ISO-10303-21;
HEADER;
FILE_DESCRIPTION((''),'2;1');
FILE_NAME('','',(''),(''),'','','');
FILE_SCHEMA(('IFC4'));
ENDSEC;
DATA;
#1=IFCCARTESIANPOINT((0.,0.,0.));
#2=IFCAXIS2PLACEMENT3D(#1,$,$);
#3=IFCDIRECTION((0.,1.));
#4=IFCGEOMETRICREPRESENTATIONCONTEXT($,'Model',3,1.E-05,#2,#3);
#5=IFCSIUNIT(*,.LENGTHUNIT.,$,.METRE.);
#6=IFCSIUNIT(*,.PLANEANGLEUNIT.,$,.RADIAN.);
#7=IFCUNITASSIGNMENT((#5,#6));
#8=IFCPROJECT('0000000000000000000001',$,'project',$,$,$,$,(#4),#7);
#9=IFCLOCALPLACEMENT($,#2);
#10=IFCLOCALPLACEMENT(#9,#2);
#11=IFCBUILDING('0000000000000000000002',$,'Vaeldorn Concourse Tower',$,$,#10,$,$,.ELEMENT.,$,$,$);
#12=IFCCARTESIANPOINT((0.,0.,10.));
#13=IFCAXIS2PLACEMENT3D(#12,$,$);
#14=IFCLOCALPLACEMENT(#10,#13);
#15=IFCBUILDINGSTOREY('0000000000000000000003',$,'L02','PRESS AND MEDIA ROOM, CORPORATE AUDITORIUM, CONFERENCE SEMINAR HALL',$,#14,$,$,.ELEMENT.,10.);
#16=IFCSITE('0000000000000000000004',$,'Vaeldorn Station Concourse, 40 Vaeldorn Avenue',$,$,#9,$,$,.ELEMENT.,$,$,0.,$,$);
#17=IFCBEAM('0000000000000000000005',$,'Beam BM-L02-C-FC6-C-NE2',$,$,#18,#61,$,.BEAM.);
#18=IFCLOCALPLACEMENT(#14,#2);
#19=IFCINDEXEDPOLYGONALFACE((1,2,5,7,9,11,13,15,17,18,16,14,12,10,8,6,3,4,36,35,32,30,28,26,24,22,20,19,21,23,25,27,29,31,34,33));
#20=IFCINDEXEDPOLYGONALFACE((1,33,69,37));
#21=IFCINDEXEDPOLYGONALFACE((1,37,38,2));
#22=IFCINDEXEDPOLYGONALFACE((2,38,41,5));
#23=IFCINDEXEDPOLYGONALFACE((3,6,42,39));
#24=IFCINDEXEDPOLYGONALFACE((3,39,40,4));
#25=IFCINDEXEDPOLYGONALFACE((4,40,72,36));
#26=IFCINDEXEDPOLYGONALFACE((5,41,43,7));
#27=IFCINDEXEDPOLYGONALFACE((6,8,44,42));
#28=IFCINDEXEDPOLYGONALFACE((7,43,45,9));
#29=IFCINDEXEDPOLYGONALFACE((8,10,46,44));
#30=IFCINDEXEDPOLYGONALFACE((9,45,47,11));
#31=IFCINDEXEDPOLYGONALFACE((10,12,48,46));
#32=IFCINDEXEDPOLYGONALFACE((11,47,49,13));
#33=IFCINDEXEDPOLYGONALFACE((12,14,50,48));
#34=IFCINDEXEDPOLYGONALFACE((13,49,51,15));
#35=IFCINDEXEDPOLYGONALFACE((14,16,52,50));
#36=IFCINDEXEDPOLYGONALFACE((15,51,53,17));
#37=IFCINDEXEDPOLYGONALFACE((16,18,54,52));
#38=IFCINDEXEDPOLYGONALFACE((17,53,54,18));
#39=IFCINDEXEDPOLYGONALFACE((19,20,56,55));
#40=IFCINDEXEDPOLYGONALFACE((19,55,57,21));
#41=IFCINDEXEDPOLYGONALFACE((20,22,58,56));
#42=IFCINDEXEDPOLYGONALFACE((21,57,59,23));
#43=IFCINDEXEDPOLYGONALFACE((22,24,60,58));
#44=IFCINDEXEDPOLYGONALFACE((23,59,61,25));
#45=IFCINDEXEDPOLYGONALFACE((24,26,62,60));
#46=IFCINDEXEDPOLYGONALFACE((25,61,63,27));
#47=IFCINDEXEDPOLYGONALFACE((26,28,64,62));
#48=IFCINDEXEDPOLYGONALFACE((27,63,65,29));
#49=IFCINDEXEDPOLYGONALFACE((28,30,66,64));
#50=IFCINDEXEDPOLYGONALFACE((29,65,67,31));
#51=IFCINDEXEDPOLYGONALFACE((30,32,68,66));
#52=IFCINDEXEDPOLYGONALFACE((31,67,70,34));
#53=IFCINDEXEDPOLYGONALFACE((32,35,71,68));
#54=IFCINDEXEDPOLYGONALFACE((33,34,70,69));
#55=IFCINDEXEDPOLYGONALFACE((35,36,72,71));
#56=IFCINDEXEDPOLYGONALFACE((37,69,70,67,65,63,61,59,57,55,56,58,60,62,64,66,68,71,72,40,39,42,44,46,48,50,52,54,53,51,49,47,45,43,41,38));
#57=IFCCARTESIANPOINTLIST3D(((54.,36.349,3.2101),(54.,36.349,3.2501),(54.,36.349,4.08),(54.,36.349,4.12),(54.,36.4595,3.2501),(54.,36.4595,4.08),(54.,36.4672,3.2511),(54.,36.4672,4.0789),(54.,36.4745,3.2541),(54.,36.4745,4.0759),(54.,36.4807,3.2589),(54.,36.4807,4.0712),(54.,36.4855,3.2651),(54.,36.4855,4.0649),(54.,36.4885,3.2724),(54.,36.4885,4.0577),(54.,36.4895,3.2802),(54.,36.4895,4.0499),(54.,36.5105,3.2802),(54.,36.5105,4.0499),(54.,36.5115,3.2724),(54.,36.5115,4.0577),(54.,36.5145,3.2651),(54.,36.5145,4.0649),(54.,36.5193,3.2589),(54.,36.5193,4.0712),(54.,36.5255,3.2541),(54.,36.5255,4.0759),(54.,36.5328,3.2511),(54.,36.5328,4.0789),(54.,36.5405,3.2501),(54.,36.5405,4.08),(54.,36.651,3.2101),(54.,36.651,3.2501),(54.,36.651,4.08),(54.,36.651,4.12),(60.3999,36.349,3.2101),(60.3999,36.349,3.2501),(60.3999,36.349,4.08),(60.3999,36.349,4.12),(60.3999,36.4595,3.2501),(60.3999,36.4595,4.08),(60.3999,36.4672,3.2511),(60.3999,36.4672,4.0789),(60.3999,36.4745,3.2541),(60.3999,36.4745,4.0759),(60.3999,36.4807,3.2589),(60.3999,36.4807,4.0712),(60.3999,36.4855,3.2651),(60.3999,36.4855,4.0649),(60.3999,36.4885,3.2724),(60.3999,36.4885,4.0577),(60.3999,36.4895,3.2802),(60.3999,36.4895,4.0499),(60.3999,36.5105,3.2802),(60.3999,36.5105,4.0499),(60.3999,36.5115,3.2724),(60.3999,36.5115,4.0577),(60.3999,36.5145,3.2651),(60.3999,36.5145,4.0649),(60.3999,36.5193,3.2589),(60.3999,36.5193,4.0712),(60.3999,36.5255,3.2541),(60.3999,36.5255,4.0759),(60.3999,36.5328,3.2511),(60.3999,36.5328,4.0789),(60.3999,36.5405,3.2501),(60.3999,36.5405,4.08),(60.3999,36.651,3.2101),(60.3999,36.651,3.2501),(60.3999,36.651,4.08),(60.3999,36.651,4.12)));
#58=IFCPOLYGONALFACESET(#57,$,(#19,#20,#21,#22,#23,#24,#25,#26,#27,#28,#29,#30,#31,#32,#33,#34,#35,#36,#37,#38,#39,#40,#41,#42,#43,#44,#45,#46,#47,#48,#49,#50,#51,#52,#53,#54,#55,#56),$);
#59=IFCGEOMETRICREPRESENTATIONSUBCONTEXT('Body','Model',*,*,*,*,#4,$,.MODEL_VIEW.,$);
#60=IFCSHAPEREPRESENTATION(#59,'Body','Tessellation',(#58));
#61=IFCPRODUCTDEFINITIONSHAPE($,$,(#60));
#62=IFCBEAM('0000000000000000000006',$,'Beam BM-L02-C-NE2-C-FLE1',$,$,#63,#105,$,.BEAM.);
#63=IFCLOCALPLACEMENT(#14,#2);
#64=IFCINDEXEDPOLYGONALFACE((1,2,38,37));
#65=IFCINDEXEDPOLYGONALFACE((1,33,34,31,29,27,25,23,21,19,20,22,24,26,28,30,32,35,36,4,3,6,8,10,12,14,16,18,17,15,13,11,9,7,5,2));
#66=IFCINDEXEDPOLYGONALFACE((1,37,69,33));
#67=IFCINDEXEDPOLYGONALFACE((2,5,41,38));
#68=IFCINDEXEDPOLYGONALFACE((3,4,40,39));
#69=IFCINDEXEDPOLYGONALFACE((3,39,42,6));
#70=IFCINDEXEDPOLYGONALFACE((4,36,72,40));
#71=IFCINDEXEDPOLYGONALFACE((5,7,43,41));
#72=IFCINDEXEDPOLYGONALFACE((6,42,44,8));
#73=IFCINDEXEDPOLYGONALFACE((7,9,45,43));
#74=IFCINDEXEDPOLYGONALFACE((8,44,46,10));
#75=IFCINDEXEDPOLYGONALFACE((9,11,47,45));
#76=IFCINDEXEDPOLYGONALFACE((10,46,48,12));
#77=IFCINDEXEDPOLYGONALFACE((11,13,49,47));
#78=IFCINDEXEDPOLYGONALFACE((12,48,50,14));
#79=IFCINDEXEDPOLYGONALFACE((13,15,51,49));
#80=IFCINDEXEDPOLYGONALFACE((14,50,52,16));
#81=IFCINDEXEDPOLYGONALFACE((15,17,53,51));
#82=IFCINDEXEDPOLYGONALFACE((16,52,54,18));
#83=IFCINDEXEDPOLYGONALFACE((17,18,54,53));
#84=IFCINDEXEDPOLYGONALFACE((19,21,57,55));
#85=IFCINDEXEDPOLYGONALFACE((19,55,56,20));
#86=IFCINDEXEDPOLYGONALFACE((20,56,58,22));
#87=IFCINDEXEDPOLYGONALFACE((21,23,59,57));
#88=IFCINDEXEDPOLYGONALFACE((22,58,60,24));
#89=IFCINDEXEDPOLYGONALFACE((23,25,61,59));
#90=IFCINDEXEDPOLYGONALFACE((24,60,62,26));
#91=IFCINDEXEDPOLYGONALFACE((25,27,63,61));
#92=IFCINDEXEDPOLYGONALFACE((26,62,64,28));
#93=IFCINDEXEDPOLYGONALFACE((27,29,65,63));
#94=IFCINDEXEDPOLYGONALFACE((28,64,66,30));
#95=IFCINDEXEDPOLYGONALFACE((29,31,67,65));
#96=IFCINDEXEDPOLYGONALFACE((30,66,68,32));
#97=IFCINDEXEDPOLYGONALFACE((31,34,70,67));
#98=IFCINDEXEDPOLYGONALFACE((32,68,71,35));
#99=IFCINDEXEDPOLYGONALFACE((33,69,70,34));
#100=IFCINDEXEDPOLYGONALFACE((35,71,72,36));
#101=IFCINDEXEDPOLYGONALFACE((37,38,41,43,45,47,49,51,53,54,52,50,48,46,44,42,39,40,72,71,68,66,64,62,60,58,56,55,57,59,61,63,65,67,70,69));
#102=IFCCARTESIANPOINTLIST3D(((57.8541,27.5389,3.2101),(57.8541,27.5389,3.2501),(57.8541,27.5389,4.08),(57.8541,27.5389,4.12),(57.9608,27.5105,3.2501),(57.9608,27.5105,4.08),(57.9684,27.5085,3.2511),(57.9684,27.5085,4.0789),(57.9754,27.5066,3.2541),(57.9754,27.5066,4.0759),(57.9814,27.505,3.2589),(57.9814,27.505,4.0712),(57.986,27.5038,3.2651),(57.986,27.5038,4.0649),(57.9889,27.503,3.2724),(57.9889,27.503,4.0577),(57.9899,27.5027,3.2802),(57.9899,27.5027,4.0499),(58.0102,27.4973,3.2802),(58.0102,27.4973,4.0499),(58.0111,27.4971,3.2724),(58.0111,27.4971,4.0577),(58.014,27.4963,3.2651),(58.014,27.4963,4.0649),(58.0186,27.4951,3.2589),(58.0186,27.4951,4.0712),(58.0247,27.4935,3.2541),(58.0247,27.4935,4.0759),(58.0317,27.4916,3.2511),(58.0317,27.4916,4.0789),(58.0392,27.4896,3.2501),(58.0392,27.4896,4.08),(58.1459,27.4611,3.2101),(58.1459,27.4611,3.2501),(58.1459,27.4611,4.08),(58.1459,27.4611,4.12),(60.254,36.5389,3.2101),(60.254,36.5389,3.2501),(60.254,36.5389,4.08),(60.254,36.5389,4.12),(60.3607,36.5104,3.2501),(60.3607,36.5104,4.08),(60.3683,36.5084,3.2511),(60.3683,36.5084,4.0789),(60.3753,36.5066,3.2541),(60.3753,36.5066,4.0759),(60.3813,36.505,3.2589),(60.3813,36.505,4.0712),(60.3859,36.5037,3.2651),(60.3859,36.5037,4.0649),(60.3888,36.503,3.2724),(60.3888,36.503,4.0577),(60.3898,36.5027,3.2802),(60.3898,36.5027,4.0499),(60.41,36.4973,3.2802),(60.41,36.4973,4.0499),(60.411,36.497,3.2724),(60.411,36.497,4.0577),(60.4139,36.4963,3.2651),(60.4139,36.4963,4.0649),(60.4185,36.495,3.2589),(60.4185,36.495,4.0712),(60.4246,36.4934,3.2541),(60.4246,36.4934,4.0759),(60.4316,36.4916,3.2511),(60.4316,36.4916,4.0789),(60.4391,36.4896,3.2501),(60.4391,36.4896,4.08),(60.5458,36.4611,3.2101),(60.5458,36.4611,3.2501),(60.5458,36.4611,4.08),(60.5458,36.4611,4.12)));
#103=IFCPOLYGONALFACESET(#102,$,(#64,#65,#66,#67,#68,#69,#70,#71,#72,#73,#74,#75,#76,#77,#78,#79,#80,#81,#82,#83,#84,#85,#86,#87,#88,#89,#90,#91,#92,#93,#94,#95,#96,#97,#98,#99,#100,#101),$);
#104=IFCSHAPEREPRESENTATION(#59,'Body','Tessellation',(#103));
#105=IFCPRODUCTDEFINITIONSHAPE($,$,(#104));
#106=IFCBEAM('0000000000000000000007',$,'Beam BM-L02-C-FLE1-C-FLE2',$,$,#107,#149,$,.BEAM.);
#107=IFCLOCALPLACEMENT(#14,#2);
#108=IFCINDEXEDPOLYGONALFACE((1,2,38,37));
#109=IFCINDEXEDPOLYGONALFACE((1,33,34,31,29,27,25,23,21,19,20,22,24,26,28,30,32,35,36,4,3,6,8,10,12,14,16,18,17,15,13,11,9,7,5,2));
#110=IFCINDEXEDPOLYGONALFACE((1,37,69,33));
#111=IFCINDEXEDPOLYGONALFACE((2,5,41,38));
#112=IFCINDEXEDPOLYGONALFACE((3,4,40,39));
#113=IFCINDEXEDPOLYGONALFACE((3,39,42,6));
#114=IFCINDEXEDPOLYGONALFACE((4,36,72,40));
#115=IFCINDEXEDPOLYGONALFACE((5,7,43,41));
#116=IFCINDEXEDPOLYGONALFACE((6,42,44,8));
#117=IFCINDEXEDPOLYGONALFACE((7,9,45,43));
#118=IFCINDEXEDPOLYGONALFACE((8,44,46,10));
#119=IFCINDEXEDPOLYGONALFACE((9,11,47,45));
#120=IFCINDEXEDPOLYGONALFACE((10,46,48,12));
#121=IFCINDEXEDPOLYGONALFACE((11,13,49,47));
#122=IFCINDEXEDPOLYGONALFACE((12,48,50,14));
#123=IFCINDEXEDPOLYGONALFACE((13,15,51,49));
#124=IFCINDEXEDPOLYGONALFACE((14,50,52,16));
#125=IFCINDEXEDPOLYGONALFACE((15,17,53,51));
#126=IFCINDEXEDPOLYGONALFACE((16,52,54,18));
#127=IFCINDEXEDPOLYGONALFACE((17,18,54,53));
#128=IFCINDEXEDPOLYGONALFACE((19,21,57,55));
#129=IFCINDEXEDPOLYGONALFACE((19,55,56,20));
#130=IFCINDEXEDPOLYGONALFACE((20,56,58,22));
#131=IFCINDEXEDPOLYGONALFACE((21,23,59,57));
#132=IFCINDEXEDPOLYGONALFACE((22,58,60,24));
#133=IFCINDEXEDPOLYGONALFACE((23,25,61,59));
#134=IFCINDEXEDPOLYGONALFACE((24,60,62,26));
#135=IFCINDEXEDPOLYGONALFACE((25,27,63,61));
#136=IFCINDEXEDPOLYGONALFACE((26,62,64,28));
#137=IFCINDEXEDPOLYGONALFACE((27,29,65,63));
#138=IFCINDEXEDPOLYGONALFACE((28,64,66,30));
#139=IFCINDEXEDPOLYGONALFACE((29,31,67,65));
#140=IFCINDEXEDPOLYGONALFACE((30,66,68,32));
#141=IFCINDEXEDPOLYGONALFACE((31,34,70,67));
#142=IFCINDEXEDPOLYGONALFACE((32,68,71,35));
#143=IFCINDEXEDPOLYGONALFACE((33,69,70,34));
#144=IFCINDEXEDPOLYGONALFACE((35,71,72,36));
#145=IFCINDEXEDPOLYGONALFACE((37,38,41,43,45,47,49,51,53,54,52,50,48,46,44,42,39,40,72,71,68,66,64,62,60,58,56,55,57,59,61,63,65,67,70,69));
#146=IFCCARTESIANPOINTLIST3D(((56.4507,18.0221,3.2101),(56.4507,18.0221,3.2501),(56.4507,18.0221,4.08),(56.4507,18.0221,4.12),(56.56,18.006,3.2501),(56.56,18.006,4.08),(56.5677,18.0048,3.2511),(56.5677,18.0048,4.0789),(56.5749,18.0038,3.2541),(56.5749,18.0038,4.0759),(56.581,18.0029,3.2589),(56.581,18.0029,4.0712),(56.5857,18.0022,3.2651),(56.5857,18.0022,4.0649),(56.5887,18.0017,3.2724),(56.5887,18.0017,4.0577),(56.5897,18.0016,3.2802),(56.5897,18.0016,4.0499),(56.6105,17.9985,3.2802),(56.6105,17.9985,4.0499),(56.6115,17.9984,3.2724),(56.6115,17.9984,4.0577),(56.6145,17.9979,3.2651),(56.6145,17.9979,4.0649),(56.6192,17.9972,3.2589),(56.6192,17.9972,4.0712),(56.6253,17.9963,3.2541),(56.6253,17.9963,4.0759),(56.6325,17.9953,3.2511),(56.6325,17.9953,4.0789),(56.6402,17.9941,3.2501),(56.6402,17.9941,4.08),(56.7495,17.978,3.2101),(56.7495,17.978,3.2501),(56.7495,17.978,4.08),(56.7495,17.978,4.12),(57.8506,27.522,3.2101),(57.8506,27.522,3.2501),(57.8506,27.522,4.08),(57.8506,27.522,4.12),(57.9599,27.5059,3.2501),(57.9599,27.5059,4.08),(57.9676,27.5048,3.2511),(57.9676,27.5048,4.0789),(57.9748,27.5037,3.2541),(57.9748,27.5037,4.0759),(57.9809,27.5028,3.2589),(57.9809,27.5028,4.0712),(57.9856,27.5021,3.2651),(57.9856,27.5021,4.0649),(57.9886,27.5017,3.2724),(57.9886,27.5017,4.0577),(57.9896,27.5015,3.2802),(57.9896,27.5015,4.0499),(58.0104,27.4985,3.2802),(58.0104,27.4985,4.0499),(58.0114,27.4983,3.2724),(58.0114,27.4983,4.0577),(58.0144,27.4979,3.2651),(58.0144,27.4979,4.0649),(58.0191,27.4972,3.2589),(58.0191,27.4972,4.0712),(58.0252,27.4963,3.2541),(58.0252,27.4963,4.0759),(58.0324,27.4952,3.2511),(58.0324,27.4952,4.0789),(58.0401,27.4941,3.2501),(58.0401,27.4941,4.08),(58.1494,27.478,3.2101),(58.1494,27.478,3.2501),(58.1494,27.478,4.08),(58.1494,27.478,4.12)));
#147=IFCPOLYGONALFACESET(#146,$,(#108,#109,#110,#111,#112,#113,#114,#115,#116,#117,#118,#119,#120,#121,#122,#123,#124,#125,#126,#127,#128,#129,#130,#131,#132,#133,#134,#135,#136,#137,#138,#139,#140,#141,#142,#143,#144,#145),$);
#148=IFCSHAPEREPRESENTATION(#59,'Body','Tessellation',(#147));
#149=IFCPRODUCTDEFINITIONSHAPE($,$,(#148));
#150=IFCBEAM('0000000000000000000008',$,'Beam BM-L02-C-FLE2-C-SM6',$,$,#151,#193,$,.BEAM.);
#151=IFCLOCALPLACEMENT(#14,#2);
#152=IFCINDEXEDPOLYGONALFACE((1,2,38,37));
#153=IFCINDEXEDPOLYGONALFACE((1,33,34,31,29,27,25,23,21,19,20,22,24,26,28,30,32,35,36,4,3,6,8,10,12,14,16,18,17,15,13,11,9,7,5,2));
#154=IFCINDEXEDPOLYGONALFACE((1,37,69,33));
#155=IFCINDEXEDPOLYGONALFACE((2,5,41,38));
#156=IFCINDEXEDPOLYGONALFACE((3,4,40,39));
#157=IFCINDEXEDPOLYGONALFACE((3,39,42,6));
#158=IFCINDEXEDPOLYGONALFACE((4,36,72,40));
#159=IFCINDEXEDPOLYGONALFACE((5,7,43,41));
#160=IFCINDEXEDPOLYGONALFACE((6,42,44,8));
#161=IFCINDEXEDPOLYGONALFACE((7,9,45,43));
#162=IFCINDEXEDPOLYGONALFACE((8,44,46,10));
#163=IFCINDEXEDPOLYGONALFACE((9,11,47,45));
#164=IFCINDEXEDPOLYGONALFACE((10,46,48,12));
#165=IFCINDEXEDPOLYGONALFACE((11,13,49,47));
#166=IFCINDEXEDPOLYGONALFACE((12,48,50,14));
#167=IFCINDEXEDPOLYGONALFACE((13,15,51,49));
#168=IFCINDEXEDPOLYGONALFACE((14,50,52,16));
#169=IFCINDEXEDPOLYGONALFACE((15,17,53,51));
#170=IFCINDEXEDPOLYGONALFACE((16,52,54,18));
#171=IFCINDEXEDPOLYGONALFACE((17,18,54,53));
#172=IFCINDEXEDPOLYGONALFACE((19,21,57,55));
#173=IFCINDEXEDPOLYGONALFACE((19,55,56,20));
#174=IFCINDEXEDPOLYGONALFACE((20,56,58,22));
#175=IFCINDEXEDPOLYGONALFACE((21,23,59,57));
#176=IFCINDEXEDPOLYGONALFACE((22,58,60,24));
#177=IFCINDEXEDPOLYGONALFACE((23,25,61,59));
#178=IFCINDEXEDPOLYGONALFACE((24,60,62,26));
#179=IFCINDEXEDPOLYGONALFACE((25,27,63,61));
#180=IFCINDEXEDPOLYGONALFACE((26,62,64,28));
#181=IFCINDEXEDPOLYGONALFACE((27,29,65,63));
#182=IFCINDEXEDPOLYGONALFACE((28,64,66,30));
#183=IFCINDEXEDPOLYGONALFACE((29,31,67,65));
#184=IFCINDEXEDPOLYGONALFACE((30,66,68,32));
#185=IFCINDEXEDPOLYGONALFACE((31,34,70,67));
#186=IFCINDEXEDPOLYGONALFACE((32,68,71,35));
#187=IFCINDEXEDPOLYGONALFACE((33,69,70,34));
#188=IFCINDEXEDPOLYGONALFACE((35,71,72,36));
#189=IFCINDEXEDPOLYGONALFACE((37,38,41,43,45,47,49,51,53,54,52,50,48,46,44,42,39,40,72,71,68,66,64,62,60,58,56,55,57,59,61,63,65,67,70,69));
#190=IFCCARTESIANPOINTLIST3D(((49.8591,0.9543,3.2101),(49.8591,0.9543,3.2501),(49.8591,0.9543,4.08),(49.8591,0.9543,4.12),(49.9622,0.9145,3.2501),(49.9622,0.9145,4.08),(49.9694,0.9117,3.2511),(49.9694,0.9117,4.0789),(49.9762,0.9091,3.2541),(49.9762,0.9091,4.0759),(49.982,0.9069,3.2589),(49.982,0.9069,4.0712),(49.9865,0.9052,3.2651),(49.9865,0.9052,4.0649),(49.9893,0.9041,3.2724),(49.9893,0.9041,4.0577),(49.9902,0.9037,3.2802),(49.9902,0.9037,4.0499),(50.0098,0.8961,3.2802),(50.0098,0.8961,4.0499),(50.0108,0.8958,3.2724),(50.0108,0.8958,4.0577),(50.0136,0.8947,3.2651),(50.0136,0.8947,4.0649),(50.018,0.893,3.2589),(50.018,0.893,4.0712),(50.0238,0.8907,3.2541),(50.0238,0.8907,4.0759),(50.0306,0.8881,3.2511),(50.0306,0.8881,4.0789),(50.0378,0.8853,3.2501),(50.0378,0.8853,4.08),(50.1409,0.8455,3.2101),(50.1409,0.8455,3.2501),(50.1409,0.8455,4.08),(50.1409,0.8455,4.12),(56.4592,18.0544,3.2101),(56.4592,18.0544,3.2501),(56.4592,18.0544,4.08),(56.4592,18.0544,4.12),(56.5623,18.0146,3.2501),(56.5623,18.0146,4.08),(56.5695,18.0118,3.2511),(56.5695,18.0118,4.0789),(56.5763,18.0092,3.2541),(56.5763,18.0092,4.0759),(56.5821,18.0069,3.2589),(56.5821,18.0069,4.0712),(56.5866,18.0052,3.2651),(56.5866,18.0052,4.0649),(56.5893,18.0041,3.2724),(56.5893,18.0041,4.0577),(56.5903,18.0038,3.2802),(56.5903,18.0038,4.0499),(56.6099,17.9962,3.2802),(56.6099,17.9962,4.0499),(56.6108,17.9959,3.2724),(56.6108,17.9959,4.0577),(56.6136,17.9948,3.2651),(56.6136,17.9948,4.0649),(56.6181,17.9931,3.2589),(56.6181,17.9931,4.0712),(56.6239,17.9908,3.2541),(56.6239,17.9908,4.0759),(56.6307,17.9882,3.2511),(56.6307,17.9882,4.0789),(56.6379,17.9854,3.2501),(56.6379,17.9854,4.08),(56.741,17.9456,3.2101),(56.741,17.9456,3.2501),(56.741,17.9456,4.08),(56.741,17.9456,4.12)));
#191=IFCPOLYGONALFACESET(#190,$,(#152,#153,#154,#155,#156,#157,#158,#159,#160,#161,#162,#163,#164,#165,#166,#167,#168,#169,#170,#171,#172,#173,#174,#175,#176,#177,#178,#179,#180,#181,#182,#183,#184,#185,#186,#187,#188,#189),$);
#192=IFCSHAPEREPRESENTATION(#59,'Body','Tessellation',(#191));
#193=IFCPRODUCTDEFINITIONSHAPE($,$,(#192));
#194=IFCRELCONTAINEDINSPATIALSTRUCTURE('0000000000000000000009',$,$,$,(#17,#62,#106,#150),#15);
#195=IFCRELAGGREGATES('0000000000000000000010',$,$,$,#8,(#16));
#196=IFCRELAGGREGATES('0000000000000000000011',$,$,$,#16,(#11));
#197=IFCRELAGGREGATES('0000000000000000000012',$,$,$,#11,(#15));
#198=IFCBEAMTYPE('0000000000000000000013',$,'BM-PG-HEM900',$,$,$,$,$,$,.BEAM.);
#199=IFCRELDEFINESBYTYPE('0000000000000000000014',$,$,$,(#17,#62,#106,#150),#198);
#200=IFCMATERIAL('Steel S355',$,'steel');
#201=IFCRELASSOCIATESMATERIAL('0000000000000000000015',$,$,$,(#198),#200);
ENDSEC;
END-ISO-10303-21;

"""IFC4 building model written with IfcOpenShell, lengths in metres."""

from ifc_helpers import new_model, si_unit, direction, frame, origin, origin_2d, place, context, subcontext, project, spatial, i_section, extrude, source, transform, mapped, material, material_profile, profile_set, type_object, element, save


model = new_model("IFC4")

# Units and contexts
model_context = context("Model", 3, precision=1e-05, world=origin(), true_north=direction((0.0, 1.0)))
body_context = subcontext(model_context, "Body", "Model", "MODEL_VIEW")
ifc_project = project(units=[si_unit("LENGTHUNIT", "METRE"), si_unit("PLANEANGLEUNIT", "RADIAN")], contexts=[model_context])

# Site, building, storey
site_placement = place(None, origin())
site = spatial("IfcSite", under=ifc_project, at=site_placement, Name="Vaeldorn Station Concourse, 40 Vaeldorn Avenue", CompositionType="ELEMENT", RefElevation=0.0)
building_placement = place(site_placement, origin())
building = spatial("IfcBuilding", under=site, at=building_placement, Name="Vaeldorn Concourse Tower", CompositionType="ELEMENT")
storey_placement = place(building_placement, frame((0.0, 0.0, 10.0)))
storey = spatial("IfcBuildingStorey", under=building, at=storey_placement, Name="L02", Description="PRESS AND MEDIA ROOM, CORPORATE AUDITORIUM, CONFERENCE SEMINAR HALL", CompositionType="ELEMENT", Elevation=10.0)

# Beams
ifc_material_1 = material(Name="Steel S355", Category="steel")
ifc_material_profile_1 = material_profile(ifc_material_1, i_section(OverallWidth=0.302, OverallDepth=0.9099, WebThickness=0.021, FlangeThickness=0.04, FilletRadius=0.03, at=origin_2d()), Name="HEM 900")
ifc_profile_set_1 = profile_set([ifc_material_profile_1], Name="Steel S355")
beam_type_1 = type_object("IfcBeamType", Name="BM-PG-HEM900", PredefinedType="BEAM", material=ifc_profile_set_1)
shared_shape_1 = source(origin(), body_context, "Body", "SweptSolid", [
    extrude(i_section(OverallWidth=0.302, OverallDepth=0.9099, WebThickness=0.021, FlangeThickness=0.04, FilletRadius=0.03, at=origin_2d()), origin(), (0.0, 0.0, 1.0), 6.3999),
])
beam_1_placement = place(storey_placement, frame((54.0, 36.5, 3.665), z_axis=(1.0, 0.0, 0.0), x_axis=(0.0, 1.0, 0.0)))
element("IfcBeam", 1, at=beam_1_placement, inside=storey, type_object=beam_type_1, Name="Beam BM-L02-C-FC6-C-NE2", PredefinedType="BEAM", context=body_context, shape_type="MappedRepresentation", body=[
    mapped(shared_shape_1, transform((0.0, 0.0, 0.0), scale=1.0)),
])
shared_shape_2 = source(origin(), body_context, "Body", "SweptSolid", [
    extrude(i_section(OverallWidth=0.302, OverallDepth=0.9099, WebThickness=0.021, FlangeThickness=0.04, FilletRadius=0.03, at=origin_2d()), origin(), (0.0, 0.0, 1.0), 9.3145),
])
beam_2_placement = place(storey_placement, frame((60.3999, 36.5, 3.665), z_axis=(-0.257653, -0.966238, 0.0), x_axis=(0.966238, -0.257653, 0.0)))
element("IfcBeam", 2, at=beam_2_placement, inside=storey, type_object=beam_type_1, Name="Beam BM-L02-C-NE2-C-FLE1", PredefinedType="BEAM", context=body_context, shape_type="MappedRepresentation", body=[
    mapped(shared_shape_2, transform((0.0, 0.0, 0.0), scale=1.0)),
])
shared_shape_3 = source(origin(), body_context, "Body", "SweptSolid", [
    extrude(i_section(OverallWidth=0.302, OverallDepth=0.9099, WebThickness=0.021, FlangeThickness=0.04, FilletRadius=0.03, at=origin_2d()), origin(), (0.0, 0.0, 1.0), 9.6025),
])
beam_3_placement = place(storey_placement, frame((58.0, 27.5, 3.665), z_axis=(-0.145784, -0.989316, 0.0), x_axis=(0.989316, -0.145784, 0.0)))
element("IfcBeam", 3, at=beam_3_placement, inside=storey, type_object=beam_type_1, Name="Beam BM-L02-C-FLE1-C-FLE2", PredefinedType="BEAM", context=body_context, shape_type="MappedRepresentation", body=[
    mapped(shared_shape_3, transform((0.0, 0.0, 0.0), scale=1.0)),
])
shared_shape_4 = source(origin(), body_context, "Body", "SweptSolid", [
    extrude(i_section(OverallWidth=0.302, OverallDepth=0.9099, WebThickness=0.021, FlangeThickness=0.04, FilletRadius=0.03, at=origin_2d()), origin(), (0.0, 0.0, 1.0), 18.3296),
])
beam_4_placement = place(storey_placement, frame((56.6001, 18.0, 3.665), z_axis=(-0.360078, -0.932922, 0.0), x_axis=(0.932922, -0.360078, 0.0)))
element("IfcBeam", 4, at=beam_4_placement, inside=storey, type_object=beam_type_1, Name="Beam BM-L02-C-FLE2-C-SM6", PredefinedType="BEAM", context=body_context, shape_type="MappedRepresentation", body=[
    mapped(shared_shape_4, transform((0.0, 0.0, 0.0), scale=1.0)),
])

save(model, "model.ifc")
